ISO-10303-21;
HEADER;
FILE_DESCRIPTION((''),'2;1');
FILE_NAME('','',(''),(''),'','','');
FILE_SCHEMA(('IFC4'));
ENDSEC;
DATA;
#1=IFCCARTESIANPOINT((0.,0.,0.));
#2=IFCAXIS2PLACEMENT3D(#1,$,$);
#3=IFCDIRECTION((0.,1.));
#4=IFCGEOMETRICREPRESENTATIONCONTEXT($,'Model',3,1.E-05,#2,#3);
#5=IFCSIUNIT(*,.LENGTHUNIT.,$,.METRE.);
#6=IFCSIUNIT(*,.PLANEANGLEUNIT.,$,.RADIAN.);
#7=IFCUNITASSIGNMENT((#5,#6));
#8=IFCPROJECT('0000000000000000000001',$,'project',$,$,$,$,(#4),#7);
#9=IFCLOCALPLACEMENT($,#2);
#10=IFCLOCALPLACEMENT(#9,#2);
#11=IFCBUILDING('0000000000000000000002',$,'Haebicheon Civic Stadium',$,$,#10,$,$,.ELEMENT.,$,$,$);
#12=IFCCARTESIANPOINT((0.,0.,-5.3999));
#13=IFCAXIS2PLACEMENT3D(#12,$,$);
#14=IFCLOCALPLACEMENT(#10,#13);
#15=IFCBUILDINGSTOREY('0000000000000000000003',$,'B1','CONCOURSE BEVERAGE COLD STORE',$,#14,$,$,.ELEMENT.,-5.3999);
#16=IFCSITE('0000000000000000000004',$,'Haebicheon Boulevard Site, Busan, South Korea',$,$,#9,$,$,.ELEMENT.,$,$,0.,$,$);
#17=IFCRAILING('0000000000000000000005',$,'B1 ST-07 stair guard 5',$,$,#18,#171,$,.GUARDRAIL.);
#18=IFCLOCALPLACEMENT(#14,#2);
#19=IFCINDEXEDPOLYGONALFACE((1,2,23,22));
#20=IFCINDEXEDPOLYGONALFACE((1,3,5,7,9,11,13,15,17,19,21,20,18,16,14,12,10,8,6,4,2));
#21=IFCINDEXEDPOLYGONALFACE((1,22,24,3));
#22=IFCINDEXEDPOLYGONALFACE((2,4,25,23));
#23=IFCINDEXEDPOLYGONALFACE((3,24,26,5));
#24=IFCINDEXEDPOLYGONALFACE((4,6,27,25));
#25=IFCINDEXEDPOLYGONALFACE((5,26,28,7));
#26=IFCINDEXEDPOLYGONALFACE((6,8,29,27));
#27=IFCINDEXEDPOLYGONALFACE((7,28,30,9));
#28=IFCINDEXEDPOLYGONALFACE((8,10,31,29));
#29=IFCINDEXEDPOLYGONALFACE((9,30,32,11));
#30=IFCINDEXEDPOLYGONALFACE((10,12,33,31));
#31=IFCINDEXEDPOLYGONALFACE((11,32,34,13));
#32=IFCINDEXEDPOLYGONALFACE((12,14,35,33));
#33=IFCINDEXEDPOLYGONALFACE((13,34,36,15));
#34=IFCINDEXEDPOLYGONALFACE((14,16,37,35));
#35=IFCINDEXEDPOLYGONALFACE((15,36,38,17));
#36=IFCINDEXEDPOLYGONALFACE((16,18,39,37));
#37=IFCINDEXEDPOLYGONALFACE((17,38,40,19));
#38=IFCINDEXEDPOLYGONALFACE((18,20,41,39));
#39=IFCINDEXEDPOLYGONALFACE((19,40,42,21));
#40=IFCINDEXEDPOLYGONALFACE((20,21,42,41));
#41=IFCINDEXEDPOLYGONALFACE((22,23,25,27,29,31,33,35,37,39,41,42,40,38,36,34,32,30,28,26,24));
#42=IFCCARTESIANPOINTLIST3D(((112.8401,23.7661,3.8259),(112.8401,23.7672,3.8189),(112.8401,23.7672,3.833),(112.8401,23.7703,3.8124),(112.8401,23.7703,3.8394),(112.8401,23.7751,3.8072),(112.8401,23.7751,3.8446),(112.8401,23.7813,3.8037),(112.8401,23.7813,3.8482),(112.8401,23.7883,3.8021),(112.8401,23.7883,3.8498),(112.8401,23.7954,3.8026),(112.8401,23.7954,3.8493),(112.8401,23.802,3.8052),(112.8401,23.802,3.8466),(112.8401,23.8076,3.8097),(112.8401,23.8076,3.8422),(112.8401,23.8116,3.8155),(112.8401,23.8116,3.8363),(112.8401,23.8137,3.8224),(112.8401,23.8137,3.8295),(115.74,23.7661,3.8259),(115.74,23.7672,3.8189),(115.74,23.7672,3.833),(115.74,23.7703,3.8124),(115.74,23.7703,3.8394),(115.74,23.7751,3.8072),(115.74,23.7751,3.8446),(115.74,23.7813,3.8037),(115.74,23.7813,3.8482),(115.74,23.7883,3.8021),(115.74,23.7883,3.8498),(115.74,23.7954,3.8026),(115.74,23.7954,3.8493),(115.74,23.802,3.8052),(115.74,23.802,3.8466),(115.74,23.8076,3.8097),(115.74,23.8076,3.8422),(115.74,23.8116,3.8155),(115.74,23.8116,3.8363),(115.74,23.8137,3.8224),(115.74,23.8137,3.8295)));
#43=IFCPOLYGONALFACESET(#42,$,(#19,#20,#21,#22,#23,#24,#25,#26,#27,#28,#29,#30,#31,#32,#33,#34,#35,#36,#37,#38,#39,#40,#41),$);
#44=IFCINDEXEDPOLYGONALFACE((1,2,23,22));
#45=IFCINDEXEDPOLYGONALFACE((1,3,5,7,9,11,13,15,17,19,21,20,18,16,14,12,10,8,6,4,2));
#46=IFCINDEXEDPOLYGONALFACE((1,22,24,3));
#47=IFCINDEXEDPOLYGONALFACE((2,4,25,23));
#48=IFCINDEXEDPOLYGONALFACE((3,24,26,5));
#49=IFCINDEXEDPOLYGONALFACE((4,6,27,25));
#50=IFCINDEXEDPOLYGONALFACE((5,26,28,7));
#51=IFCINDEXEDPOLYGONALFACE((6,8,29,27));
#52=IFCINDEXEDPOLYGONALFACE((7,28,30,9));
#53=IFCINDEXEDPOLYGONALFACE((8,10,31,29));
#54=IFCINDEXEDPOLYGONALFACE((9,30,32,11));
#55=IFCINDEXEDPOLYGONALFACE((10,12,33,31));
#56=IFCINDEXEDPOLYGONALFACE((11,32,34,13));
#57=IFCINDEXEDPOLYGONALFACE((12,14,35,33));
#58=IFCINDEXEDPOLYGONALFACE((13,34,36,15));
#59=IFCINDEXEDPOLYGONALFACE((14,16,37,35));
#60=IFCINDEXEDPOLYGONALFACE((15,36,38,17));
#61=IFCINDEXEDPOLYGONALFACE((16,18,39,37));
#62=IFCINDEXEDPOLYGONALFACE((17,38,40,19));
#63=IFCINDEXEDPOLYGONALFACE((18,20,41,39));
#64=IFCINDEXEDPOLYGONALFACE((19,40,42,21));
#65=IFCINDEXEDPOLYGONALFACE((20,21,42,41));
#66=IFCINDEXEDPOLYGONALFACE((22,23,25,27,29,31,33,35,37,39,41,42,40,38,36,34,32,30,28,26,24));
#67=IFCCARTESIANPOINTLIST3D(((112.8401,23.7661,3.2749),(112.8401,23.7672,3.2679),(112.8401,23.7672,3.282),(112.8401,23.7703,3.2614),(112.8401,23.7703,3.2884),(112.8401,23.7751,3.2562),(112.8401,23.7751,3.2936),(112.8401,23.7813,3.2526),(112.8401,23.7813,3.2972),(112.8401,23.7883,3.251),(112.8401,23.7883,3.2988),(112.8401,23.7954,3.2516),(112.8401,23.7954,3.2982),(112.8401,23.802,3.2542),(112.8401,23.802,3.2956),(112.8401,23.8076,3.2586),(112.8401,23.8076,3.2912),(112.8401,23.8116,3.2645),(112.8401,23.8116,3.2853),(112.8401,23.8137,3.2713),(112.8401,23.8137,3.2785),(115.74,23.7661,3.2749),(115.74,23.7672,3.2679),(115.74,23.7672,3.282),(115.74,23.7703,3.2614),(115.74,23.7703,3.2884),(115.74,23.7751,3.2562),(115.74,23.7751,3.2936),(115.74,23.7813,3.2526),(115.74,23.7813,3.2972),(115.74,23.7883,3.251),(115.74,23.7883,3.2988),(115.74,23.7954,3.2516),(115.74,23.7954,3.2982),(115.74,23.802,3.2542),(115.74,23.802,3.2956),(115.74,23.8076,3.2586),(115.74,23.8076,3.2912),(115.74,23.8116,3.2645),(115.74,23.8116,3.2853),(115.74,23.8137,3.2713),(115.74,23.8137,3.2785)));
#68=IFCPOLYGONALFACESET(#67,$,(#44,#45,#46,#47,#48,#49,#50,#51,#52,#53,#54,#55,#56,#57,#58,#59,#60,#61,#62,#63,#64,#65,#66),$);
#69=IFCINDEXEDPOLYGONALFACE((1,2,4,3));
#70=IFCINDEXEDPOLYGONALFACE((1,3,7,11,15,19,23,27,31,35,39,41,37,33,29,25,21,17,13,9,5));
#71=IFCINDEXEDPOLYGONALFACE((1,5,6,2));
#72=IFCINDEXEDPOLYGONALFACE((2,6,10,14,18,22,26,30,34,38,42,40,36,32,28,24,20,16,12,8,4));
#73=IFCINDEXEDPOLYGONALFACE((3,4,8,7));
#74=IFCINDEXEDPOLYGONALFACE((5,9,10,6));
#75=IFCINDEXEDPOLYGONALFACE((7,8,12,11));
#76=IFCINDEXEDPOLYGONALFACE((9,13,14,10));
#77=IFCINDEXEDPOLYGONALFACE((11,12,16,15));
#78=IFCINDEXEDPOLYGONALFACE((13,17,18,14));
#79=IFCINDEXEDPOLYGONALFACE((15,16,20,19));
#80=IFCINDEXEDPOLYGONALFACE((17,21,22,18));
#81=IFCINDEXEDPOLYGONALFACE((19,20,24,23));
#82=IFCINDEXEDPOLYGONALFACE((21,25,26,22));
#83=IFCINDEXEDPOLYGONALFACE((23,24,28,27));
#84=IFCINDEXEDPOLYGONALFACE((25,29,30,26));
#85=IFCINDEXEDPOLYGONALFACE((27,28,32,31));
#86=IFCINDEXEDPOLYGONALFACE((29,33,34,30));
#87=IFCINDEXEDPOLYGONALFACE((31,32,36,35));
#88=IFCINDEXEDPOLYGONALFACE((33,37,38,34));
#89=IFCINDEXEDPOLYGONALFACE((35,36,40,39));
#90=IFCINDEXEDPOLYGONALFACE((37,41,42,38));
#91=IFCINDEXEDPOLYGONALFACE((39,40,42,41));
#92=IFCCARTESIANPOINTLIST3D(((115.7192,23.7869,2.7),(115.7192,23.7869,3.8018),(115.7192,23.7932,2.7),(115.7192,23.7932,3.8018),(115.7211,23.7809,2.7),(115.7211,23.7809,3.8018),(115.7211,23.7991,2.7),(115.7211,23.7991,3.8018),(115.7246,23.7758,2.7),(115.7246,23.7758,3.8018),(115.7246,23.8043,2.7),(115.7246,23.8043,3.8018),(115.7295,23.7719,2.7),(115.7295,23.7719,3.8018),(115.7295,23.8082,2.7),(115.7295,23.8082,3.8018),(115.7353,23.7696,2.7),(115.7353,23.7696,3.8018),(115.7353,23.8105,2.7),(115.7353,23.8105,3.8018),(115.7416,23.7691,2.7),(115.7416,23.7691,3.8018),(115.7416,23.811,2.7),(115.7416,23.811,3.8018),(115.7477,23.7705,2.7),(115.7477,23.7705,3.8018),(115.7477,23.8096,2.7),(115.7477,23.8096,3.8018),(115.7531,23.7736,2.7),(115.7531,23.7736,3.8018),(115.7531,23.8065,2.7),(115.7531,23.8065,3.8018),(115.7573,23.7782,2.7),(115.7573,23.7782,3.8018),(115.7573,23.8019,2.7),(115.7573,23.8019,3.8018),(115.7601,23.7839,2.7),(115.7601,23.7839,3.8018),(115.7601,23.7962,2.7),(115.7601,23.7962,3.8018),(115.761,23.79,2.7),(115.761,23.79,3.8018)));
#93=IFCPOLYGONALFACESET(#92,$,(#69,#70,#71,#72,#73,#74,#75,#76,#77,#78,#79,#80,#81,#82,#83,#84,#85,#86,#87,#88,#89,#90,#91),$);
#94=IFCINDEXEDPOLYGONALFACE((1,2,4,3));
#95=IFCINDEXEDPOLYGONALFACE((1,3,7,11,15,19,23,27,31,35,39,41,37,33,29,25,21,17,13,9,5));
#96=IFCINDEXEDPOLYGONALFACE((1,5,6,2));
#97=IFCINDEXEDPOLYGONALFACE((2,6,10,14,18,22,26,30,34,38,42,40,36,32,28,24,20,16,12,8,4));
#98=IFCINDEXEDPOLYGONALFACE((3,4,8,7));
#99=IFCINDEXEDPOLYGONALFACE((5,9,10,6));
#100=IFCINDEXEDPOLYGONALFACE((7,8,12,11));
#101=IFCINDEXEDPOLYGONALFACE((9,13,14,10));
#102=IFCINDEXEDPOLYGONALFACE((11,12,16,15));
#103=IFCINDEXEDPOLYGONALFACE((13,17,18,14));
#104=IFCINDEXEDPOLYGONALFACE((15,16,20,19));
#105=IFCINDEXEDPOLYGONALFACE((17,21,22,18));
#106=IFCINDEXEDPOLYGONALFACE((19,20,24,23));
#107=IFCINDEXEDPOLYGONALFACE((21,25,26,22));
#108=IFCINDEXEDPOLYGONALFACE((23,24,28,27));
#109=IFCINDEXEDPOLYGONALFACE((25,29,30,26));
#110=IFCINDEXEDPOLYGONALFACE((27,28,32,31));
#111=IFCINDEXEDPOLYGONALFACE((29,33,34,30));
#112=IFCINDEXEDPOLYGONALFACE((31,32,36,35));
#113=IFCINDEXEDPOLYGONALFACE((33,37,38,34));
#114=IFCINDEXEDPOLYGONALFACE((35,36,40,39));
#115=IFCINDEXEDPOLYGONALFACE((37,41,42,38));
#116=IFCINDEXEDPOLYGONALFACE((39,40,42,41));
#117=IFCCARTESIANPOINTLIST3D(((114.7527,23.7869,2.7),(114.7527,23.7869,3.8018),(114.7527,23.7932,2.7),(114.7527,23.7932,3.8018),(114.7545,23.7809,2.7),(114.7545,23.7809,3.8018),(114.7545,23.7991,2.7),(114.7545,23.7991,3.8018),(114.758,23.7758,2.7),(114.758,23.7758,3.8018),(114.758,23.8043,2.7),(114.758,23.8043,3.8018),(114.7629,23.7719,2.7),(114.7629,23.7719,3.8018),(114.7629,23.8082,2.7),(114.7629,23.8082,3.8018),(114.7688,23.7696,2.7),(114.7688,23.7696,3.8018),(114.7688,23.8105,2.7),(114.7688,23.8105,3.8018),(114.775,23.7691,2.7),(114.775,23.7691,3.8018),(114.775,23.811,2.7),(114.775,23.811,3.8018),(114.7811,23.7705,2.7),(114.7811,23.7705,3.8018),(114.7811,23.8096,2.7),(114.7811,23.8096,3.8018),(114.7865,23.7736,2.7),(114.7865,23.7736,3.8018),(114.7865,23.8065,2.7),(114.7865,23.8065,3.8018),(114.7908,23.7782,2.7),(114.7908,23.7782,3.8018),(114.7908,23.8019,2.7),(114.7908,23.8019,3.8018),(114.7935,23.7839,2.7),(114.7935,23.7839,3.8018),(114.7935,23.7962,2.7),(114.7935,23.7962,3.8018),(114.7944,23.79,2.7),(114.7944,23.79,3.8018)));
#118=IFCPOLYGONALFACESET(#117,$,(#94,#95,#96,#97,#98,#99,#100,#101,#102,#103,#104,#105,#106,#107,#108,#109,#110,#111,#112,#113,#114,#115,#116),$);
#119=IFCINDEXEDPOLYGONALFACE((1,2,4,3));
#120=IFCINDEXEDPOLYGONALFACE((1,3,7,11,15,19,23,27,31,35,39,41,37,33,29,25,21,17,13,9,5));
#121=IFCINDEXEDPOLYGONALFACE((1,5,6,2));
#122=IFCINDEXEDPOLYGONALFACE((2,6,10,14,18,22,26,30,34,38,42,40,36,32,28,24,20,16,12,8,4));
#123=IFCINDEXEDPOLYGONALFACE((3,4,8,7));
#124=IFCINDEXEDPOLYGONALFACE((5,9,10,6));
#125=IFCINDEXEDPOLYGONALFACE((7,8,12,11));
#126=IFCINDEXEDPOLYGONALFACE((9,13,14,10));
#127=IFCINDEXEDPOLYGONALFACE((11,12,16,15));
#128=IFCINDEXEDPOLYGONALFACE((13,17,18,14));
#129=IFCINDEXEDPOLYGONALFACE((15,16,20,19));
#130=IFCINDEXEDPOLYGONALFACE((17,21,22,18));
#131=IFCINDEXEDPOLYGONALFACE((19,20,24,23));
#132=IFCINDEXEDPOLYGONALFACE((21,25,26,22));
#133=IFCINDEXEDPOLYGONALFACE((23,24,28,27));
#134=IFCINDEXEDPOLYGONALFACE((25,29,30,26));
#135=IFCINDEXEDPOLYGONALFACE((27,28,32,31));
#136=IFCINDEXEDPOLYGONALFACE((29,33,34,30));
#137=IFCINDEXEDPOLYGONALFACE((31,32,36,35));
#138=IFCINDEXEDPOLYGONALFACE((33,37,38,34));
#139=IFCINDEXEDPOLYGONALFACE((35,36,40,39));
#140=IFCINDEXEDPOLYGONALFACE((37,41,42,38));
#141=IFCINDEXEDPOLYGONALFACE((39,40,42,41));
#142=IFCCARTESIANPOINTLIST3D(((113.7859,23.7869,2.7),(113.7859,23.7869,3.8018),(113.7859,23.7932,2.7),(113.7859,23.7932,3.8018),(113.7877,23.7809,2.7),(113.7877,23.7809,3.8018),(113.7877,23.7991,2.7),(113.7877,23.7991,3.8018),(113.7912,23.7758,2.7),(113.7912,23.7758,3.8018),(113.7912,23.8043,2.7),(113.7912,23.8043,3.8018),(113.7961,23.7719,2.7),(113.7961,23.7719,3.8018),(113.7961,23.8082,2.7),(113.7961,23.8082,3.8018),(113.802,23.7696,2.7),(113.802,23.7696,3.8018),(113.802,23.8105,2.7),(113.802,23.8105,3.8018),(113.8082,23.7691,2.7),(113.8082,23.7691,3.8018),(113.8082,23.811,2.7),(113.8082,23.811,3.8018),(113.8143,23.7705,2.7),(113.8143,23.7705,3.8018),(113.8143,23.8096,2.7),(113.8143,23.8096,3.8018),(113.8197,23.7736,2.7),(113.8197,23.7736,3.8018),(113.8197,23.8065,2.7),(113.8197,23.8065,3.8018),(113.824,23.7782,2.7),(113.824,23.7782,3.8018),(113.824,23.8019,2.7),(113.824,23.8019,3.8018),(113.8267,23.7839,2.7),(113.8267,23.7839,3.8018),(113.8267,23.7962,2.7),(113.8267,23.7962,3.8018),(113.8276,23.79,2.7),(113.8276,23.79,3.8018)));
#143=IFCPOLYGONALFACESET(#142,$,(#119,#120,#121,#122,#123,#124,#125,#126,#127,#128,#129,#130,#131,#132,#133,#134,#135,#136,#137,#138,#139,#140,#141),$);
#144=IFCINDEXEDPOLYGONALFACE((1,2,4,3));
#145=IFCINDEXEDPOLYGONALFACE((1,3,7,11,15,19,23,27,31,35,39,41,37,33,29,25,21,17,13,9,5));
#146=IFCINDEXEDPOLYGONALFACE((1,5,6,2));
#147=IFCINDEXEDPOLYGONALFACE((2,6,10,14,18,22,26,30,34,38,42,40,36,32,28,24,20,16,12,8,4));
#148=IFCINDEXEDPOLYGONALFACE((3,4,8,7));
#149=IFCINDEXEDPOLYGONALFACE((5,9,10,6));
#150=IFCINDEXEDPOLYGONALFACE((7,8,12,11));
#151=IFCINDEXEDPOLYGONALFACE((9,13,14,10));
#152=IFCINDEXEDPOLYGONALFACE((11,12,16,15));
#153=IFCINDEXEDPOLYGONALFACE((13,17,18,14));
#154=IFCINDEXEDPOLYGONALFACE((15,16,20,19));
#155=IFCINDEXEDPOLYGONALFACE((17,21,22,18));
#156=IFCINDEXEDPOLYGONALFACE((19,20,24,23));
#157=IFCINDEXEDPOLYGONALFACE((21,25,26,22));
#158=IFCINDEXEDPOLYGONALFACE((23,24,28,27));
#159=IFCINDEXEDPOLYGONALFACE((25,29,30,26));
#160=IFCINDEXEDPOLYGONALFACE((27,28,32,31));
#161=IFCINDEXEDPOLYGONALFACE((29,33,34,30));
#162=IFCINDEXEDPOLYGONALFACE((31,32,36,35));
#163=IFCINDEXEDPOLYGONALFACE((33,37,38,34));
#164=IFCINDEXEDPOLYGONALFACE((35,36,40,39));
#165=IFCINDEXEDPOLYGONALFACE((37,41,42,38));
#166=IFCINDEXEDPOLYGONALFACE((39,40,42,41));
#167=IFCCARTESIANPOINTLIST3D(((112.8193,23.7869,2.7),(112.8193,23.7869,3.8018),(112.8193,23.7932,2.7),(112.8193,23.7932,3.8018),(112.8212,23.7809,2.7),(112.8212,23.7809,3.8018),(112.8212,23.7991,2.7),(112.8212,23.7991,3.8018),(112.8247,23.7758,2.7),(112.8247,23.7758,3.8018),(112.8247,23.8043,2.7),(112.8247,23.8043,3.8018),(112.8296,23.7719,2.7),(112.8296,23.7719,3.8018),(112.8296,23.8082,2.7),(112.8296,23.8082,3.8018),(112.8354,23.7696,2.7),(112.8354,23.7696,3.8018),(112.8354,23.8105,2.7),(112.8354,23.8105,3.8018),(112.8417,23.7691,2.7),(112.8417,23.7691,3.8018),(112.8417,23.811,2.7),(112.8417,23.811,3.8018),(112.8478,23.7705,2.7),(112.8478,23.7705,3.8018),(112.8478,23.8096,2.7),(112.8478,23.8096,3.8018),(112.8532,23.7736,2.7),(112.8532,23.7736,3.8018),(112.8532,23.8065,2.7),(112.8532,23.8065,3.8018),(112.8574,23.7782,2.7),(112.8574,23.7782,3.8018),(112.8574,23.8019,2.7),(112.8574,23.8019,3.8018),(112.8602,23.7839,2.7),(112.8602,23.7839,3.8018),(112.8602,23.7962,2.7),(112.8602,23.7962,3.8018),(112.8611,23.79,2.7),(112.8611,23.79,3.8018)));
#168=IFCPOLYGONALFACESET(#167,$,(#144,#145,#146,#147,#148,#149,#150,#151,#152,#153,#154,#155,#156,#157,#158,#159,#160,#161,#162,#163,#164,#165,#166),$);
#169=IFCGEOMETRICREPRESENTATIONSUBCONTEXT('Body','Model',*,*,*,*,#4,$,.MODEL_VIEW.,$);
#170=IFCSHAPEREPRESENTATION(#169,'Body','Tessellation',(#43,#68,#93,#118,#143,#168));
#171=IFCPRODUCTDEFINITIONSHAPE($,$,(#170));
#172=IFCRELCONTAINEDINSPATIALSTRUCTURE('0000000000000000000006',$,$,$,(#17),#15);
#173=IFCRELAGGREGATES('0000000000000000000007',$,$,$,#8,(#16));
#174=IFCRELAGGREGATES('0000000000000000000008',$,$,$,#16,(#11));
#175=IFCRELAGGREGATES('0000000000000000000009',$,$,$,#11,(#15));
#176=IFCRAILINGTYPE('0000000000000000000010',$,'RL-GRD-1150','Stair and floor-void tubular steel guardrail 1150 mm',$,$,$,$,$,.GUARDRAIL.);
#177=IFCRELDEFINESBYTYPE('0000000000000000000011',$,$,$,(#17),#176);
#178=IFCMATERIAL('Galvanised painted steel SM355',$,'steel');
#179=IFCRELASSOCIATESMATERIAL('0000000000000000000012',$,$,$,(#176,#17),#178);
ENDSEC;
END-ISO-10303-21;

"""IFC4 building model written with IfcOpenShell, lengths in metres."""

from ifc_helpers import new_model, si_unit, direction, frame, origin, origin_2d, place, context, subcontext, project, spatial, circle, extrude, material, type_object, element, save


model = new_model("IFC4")

# Units and contexts
model_context = context("Model", 3, precision=1e-05, world=origin(), true_north=direction((0.0, 1.0)))
body_context = subcontext(model_context, "Body", "Model", "MODEL_VIEW")
ifc_project = project(units=[si_unit("LENGTHUNIT", "METRE"), si_unit("PLANEANGLEUNIT", "RADIAN")], contexts=[model_context])

# Site, building, storey
site_placement = place(None, origin())
site = spatial("IfcSite", under=ifc_project, at=site_placement, Name="Haebicheon Boulevard Site, Busan, South Korea", CompositionType="ELEMENT", RefElevation=0.0)
building_placement = place(site_placement, origin())
building = spatial("IfcBuilding", under=site, at=building_placement, Name="Haebicheon Civic Stadium", CompositionType="ELEMENT")
storey_placement = place(building_placement, frame((0.0, 0.0, -5.3999)))
storey = spatial("IfcBuildingStorey", under=building, at=storey_placement, Name="B1", Description="CONCOURSE BEVERAGE COLD STORE", CompositionType="ELEMENT", Elevation=-5.3999)

# Railing
ifc_material_1 = material(Name="Galvanised painted steel SM355", Category="steel")
railing_type_1 = type_object("IfcRailingType", Name="RL-GRD-1150", Description="Stair and floor-void tubular steel guardrail 1150 mm", PredefinedType="GUARDRAIL", material=ifc_material_1)
railing_1_placement = place(storey_placement, frame((115.74, 23.79, 2.7)))
element("IfcRailing", 1, at=railing_1_placement, inside=storey, type_object=railing_type_1, material=ifc_material_1, Name="B1 ST-07 stair guard 5", PredefinedType="GUARDRAIL", context=body_context, shape_type="SweptSolid", body=[
    extrude(circle(Radius=0.0239, at=origin_2d()), frame((0.0, 0.0, 1.126), z_axis=(-1.0, 0.0, 0.0), x_axis=(0.0, -1.0, 0.0)), (0.0, 0.0, 1.0), 2.8999),
    extrude(circle(Radius=0.0239, at=origin_2d()), frame((0.0, 0.0, 0.575), z_axis=(-1.0, 0.0, 0.0), x_axis=(0.0, -1.0, 0.0)), (0.0, 0.0, 1.0), 2.8999),
    extrude(circle(Radius=0.021, at=origin_2d()), origin(), (0.0, 0.0, 1.0), 1.1018),
    extrude(circle(Radius=0.021, at=origin_2d()), frame((-0.9666, 0.0, 0.0)), (0.0, 0.0, 1.0), 1.1018),
    extrude(circle(Radius=0.021, at=origin_2d()), frame((-1.9333, 0.0, 0.0)), (0.0, 0.0, 1.0), 1.1018),
    extrude(circle(Radius=0.021, at=origin_2d()), frame((-2.8999, 0.0, 0.0)), (0.0, 0.0, 1.0), 1.1018),
])

save(model, "model.ifc")
